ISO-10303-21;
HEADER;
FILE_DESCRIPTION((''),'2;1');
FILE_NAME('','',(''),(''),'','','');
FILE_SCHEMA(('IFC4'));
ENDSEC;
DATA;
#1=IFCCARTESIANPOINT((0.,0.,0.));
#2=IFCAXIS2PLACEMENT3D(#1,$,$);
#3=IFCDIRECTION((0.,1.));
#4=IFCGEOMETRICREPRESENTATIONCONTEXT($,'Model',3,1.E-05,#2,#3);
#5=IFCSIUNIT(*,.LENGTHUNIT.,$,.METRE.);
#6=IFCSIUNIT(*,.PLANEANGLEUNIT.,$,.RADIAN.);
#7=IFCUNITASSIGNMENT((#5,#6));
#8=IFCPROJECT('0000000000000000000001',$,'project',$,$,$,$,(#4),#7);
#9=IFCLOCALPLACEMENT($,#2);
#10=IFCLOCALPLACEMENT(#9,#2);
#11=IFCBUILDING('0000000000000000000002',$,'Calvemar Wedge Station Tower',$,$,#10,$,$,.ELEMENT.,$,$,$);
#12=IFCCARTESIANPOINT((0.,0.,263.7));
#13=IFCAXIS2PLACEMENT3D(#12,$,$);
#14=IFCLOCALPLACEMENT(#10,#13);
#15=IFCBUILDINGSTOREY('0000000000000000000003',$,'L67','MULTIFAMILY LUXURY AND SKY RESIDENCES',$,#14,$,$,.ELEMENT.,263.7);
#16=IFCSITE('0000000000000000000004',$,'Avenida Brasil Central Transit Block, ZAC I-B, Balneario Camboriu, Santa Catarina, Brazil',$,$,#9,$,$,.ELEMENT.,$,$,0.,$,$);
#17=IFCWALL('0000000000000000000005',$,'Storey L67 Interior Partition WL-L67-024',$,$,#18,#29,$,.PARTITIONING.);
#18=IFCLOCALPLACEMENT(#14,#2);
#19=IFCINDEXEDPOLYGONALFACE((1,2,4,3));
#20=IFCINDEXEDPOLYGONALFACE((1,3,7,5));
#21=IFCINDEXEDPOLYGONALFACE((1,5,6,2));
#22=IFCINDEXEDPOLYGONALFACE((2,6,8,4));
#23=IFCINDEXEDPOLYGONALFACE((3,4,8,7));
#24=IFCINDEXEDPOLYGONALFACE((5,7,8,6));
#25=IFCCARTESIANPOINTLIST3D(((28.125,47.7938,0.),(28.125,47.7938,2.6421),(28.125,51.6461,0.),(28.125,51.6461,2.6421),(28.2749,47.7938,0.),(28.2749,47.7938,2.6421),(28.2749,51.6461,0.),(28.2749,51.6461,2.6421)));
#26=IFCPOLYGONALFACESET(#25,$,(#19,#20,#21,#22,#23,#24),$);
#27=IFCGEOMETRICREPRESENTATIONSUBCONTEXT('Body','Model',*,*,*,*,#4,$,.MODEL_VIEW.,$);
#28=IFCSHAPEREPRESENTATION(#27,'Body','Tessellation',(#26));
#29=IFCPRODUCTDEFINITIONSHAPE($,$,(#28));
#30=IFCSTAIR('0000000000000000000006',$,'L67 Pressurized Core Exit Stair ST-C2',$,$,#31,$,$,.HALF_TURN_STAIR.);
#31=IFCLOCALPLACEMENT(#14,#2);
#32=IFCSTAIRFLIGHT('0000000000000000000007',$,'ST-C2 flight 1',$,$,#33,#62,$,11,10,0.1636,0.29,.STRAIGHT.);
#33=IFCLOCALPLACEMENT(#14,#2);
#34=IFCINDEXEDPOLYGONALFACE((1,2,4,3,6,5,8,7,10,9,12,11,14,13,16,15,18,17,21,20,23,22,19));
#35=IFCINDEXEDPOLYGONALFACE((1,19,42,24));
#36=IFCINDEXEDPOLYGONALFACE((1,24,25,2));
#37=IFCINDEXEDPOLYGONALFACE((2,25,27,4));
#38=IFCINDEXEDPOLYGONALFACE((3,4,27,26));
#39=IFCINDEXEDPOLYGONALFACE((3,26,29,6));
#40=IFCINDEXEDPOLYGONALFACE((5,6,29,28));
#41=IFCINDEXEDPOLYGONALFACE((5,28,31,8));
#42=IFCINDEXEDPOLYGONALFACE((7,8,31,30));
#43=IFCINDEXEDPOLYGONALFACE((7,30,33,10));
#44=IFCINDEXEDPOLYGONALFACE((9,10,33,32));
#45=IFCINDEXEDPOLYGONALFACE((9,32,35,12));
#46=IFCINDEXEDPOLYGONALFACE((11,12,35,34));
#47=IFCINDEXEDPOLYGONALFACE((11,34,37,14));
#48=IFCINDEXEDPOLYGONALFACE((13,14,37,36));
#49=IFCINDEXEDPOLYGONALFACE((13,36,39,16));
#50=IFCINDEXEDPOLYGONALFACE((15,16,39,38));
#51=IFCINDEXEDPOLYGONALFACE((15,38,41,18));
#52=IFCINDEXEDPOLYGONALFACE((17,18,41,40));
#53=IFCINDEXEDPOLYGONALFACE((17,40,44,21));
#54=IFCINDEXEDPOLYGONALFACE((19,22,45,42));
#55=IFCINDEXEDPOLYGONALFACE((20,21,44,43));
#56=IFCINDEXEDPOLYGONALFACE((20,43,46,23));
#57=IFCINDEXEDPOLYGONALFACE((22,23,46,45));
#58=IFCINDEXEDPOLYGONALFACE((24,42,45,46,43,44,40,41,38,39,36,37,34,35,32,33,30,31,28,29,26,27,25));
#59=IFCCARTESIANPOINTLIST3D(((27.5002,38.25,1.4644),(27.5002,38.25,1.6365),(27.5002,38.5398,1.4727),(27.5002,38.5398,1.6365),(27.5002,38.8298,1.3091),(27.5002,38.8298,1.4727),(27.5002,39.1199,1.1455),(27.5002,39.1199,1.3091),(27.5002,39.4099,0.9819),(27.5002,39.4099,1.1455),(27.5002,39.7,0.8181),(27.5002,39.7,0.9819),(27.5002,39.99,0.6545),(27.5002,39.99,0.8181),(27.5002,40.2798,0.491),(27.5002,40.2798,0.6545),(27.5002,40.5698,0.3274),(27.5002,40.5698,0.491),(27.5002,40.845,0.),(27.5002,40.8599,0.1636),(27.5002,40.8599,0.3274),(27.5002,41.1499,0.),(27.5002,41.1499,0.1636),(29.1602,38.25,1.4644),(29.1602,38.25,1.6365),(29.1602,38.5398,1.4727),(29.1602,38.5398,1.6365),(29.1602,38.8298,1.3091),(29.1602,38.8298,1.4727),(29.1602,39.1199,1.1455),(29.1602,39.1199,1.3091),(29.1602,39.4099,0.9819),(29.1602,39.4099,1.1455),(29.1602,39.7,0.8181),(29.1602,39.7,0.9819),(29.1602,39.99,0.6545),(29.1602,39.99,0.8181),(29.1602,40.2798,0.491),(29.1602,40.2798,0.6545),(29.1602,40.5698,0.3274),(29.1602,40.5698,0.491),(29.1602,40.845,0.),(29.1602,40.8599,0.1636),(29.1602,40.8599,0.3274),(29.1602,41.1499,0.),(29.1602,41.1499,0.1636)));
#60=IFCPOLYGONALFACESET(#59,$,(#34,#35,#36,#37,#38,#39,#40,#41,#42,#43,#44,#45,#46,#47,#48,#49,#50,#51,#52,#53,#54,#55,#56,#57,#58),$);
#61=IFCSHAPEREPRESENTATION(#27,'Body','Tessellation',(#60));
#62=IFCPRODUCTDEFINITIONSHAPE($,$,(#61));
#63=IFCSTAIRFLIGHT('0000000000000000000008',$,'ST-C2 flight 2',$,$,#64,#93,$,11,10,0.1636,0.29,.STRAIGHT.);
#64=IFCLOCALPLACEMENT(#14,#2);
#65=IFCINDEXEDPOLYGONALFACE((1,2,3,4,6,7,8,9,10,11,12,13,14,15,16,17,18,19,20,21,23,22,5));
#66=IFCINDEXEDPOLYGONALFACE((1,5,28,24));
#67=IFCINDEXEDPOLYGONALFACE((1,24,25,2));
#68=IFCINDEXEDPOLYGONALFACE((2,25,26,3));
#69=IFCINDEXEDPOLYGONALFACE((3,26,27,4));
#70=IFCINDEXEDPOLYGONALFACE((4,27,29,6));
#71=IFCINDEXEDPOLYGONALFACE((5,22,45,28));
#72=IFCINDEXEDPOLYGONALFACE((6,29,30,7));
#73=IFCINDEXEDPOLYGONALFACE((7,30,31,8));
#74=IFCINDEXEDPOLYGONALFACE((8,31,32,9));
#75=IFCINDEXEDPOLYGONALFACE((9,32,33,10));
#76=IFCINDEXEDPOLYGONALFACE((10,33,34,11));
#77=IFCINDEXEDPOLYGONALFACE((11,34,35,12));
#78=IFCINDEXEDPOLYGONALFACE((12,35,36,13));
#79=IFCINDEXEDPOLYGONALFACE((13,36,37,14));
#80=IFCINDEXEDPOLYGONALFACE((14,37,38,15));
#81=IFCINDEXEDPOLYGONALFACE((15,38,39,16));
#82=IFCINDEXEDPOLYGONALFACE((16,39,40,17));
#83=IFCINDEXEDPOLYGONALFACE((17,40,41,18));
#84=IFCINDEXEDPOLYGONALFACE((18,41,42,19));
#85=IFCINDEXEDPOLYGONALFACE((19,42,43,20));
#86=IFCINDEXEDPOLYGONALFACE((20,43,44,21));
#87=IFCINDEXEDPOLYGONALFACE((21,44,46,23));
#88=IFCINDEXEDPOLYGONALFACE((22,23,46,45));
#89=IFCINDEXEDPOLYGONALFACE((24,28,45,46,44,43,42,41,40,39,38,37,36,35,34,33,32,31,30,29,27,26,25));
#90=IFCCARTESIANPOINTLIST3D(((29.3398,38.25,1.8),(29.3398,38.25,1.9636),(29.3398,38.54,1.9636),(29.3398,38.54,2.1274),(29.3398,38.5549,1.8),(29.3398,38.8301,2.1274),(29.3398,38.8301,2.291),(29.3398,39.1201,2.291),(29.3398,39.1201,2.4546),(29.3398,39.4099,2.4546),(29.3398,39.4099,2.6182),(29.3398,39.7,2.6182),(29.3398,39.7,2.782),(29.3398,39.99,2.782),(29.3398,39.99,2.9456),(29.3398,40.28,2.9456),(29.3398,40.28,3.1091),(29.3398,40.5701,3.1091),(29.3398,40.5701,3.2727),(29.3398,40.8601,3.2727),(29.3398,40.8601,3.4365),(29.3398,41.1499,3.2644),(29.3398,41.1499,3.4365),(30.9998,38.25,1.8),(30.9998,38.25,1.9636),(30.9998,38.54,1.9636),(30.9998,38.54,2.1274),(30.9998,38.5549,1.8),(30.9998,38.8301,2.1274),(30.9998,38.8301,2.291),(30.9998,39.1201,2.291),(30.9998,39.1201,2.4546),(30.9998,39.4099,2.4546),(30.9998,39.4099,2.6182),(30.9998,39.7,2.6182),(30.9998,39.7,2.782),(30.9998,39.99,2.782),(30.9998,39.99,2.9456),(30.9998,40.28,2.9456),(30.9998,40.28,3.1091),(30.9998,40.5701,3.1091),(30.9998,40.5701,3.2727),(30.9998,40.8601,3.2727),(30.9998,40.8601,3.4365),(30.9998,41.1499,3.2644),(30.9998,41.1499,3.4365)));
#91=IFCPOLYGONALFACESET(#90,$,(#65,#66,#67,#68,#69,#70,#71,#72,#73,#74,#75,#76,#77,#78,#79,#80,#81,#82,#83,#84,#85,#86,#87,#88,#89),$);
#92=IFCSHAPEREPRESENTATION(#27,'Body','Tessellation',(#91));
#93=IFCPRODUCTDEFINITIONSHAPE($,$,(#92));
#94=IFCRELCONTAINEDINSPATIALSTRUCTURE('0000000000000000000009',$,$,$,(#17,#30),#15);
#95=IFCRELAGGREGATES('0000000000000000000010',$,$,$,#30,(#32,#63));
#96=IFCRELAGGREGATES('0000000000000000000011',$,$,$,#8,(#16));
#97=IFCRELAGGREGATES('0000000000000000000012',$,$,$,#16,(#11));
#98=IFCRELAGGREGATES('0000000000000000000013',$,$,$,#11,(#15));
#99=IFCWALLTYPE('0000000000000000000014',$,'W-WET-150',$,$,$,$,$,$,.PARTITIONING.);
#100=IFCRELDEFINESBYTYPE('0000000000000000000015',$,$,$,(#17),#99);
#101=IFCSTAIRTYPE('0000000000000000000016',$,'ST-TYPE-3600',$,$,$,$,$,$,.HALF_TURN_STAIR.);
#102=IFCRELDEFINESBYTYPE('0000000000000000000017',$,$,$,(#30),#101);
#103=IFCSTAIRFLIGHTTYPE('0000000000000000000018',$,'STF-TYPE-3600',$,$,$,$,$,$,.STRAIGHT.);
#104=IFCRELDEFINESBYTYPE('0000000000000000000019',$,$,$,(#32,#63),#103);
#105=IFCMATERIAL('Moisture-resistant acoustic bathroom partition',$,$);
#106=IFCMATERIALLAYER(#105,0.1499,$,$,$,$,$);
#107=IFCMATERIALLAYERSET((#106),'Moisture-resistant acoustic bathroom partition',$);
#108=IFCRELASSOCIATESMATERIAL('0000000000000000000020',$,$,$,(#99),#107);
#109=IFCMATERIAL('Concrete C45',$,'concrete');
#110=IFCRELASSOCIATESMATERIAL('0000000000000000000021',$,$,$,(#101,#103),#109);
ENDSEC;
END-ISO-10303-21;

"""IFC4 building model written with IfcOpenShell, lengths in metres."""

from ifc_helpers import new_model, si_unit, direction, frame, frame_2d, origin, place, context, subcontext, project, spatial, polyline, rectangle, outline, extrude, material, layer, layer_set, type_object, element, aggregate, save


model = new_model("IFC4")

# Units and contexts
model_context = context("Model", 3, precision=1e-05, world=origin(), true_north=direction((0.0, 1.0)))
body_context = subcontext(model_context, "Body", "Model", "MODEL_VIEW")
ifc_project = project(units=[si_unit("LENGTHUNIT", "METRE"), si_unit("PLANEANGLEUNIT", "RADIAN")], contexts=[model_context])

# Site, building, storey
site_placement = place(None, origin())
site = spatial("IfcSite", under=ifc_project, at=site_placement, Name="Avenida Brasil Central Transit Block, ZAC I-B, Balneario Camboriu, Santa Catarina, Brazil", CompositionType="ELEMENT", RefElevation=0.0)
building_placement = place(site_placement, origin())
building = spatial("IfcBuilding", under=site, at=building_placement, Name="Calvemar Wedge Station Tower", CompositionType="ELEMENT")
storey_placement = place(building_placement, frame((0.0, 0.0, 263.7)))
storey = spatial("IfcBuildingStorey", under=building, at=storey_placement, Name="L67", Description="MULTIFAMILY LUXURY AND SKY RESIDENCES", CompositionType="ELEMENT", Elevation=263.7)

# Wall
ifc_material_1 = material(Name="Moisture-resistant acoustic bathroom partition")
ifc_layer_1 = layer(ifc_material_1, 0.1499)
ifc_layer_set_1 = layer_set([ifc_layer_1], Name="Moisture-resistant acoustic bathroom partition")
wall_type_1 = type_object("IfcWallType", Name="W-WET-150", PredefinedType="PARTITIONING", material=ifc_layer_set_1)
wall_1_placement = place(storey_placement, frame((28.2, 51.6462, 0.0), z_axis=(0.0, 0.0, 1.0), x_axis=(0.0, -1.0, 0.0)))
element("IfcWall", 1, at=wall_1_placement, inside=storey, type_object=wall_type_1, Name="Storey L67 Interior Partition WL-L67-024", PredefinedType="PARTITIONING", context=body_context, shape_type="SweptSolid", body=[
    extrude(rectangle(XDim=3.8523, YDim=0.1499, at=frame_2d((1.9263, 0.0))), origin(), (0.0, 0.0, 1.0), 2.6421),
])

# Stair, stair flights
ifc_material_2 = material(Name="Concrete C45", Category="concrete")
stair_type = type_object("IfcStairType", Name="ST-TYPE-3600", PredefinedType="HALF_TURN_STAIR", material=ifc_material_2)
stair_placement = place(storey_placement, origin())
stair = element("IfcStair", 2, at=stair_placement, inside=storey, type_object=stair_type, Name="L67 Pressurized Core Exit Stair ST-C2", PredefinedType="HALF_TURN_STAIR")
stair_flight_type = type_object("IfcStairFlightType", Name="STF-TYPE-3600", PredefinedType="STRAIGHT", material=ifc_material_2)
stair_flight_1_placement = place(storey_placement, frame((28.3301, 41.1499, 0.0), z_axis=(0.0, 0.0, 1.0), x_axis=(0.0, -1.0, 0.0)))
stair_flight_1 = element("IfcStairFlight", 3, at=stair_flight_1_placement, type_object=stair_flight_type, Name="ST-C2 flight 1", NumberOfRisers=11, NumberOfTreads=10, PredefinedType="STRAIGHT", RiserHeight=0.1636, TreadLength=0.29, context=body_context, shape_type="SweptSolid", body=[
    extrude(outline(polyline([(0.0, 0.0), (0.0, 0.1636), (0.29, 0.1636), (0.29, 0.3274), (0.5801, 0.3274), (0.5801, 0.491), (0.8701, 0.491), (0.8701, 0.6545), (1.1599, 0.6545), (1.1599, 0.8181), (1.45, 0.8181), (1.45, 0.9819), (1.74, 0.9819), (1.74, 1.1455), (2.03, 1.1455), (2.03, 1.3091), (2.3201, 1.3091), (2.3201, 1.4727), (2.6101, 1.4727), (2.6101, 1.6365), (2.8999, 1.6365), (2.8999, 1.8), (2.8999, 1.4644), (0.3049, 0.0), (0.0, 0.0)])), frame((0.0, 0.8301, 0.0), z_axis=(0.0, -1.0, 0.0), x_axis=(1.0, 0.0, 0.0)), (0.0, 0.0, 1.0), 1.6599),
])
stair_flight_2_placement = place(storey_placement, frame((30.1699, 38.25, 1.8), z_axis=(0.0, 0.0, 1.0), x_axis=(0.0, 1.0, 0.0)))
stair_flight_2 = element("IfcStairFlight", 4, at=stair_flight_2_placement, type_object=stair_flight_type, Name="ST-C2 flight 2", NumberOfRisers=11, NumberOfTreads=10, PredefinedType="STRAIGHT", RiserHeight=0.1636, TreadLength=0.29, context=body_context, shape_type="SweptSolid", body=[
    extrude(outline(polyline([(0.0, 0.0), (0.0, 0.1636), (0.29, 0.1636), (0.29, 0.3274), (0.5801, 0.3274), (0.5801, 0.491), (0.8701, 0.491), (0.8701, 0.6545), (1.1599, 0.6545), (1.1599, 0.8181), (1.45, 0.8181), (1.45, 0.9819), (1.74, 0.9819), (1.74, 1.1455), (2.03, 1.1455), (2.03, 1.3091), (2.3201, 1.3091), (2.3201, 1.4727), (2.6101, 1.4727), (2.6101, 1.6365), (2.8999, 1.6365), (2.8999, 1.8), (2.8999, 1.4644), (0.3049, 0.0), (0.0, 0.0)])), frame((0.0, 0.8301, 0.0), z_axis=(0.0, -1.0, 0.0), x_axis=(1.0, 0.0, 0.0)), (0.0, 0.0, 1.0), 1.6599),
])
aggregate(stair, [stair_flight_1, stair_flight_2])

save(model, "model.ifc")
